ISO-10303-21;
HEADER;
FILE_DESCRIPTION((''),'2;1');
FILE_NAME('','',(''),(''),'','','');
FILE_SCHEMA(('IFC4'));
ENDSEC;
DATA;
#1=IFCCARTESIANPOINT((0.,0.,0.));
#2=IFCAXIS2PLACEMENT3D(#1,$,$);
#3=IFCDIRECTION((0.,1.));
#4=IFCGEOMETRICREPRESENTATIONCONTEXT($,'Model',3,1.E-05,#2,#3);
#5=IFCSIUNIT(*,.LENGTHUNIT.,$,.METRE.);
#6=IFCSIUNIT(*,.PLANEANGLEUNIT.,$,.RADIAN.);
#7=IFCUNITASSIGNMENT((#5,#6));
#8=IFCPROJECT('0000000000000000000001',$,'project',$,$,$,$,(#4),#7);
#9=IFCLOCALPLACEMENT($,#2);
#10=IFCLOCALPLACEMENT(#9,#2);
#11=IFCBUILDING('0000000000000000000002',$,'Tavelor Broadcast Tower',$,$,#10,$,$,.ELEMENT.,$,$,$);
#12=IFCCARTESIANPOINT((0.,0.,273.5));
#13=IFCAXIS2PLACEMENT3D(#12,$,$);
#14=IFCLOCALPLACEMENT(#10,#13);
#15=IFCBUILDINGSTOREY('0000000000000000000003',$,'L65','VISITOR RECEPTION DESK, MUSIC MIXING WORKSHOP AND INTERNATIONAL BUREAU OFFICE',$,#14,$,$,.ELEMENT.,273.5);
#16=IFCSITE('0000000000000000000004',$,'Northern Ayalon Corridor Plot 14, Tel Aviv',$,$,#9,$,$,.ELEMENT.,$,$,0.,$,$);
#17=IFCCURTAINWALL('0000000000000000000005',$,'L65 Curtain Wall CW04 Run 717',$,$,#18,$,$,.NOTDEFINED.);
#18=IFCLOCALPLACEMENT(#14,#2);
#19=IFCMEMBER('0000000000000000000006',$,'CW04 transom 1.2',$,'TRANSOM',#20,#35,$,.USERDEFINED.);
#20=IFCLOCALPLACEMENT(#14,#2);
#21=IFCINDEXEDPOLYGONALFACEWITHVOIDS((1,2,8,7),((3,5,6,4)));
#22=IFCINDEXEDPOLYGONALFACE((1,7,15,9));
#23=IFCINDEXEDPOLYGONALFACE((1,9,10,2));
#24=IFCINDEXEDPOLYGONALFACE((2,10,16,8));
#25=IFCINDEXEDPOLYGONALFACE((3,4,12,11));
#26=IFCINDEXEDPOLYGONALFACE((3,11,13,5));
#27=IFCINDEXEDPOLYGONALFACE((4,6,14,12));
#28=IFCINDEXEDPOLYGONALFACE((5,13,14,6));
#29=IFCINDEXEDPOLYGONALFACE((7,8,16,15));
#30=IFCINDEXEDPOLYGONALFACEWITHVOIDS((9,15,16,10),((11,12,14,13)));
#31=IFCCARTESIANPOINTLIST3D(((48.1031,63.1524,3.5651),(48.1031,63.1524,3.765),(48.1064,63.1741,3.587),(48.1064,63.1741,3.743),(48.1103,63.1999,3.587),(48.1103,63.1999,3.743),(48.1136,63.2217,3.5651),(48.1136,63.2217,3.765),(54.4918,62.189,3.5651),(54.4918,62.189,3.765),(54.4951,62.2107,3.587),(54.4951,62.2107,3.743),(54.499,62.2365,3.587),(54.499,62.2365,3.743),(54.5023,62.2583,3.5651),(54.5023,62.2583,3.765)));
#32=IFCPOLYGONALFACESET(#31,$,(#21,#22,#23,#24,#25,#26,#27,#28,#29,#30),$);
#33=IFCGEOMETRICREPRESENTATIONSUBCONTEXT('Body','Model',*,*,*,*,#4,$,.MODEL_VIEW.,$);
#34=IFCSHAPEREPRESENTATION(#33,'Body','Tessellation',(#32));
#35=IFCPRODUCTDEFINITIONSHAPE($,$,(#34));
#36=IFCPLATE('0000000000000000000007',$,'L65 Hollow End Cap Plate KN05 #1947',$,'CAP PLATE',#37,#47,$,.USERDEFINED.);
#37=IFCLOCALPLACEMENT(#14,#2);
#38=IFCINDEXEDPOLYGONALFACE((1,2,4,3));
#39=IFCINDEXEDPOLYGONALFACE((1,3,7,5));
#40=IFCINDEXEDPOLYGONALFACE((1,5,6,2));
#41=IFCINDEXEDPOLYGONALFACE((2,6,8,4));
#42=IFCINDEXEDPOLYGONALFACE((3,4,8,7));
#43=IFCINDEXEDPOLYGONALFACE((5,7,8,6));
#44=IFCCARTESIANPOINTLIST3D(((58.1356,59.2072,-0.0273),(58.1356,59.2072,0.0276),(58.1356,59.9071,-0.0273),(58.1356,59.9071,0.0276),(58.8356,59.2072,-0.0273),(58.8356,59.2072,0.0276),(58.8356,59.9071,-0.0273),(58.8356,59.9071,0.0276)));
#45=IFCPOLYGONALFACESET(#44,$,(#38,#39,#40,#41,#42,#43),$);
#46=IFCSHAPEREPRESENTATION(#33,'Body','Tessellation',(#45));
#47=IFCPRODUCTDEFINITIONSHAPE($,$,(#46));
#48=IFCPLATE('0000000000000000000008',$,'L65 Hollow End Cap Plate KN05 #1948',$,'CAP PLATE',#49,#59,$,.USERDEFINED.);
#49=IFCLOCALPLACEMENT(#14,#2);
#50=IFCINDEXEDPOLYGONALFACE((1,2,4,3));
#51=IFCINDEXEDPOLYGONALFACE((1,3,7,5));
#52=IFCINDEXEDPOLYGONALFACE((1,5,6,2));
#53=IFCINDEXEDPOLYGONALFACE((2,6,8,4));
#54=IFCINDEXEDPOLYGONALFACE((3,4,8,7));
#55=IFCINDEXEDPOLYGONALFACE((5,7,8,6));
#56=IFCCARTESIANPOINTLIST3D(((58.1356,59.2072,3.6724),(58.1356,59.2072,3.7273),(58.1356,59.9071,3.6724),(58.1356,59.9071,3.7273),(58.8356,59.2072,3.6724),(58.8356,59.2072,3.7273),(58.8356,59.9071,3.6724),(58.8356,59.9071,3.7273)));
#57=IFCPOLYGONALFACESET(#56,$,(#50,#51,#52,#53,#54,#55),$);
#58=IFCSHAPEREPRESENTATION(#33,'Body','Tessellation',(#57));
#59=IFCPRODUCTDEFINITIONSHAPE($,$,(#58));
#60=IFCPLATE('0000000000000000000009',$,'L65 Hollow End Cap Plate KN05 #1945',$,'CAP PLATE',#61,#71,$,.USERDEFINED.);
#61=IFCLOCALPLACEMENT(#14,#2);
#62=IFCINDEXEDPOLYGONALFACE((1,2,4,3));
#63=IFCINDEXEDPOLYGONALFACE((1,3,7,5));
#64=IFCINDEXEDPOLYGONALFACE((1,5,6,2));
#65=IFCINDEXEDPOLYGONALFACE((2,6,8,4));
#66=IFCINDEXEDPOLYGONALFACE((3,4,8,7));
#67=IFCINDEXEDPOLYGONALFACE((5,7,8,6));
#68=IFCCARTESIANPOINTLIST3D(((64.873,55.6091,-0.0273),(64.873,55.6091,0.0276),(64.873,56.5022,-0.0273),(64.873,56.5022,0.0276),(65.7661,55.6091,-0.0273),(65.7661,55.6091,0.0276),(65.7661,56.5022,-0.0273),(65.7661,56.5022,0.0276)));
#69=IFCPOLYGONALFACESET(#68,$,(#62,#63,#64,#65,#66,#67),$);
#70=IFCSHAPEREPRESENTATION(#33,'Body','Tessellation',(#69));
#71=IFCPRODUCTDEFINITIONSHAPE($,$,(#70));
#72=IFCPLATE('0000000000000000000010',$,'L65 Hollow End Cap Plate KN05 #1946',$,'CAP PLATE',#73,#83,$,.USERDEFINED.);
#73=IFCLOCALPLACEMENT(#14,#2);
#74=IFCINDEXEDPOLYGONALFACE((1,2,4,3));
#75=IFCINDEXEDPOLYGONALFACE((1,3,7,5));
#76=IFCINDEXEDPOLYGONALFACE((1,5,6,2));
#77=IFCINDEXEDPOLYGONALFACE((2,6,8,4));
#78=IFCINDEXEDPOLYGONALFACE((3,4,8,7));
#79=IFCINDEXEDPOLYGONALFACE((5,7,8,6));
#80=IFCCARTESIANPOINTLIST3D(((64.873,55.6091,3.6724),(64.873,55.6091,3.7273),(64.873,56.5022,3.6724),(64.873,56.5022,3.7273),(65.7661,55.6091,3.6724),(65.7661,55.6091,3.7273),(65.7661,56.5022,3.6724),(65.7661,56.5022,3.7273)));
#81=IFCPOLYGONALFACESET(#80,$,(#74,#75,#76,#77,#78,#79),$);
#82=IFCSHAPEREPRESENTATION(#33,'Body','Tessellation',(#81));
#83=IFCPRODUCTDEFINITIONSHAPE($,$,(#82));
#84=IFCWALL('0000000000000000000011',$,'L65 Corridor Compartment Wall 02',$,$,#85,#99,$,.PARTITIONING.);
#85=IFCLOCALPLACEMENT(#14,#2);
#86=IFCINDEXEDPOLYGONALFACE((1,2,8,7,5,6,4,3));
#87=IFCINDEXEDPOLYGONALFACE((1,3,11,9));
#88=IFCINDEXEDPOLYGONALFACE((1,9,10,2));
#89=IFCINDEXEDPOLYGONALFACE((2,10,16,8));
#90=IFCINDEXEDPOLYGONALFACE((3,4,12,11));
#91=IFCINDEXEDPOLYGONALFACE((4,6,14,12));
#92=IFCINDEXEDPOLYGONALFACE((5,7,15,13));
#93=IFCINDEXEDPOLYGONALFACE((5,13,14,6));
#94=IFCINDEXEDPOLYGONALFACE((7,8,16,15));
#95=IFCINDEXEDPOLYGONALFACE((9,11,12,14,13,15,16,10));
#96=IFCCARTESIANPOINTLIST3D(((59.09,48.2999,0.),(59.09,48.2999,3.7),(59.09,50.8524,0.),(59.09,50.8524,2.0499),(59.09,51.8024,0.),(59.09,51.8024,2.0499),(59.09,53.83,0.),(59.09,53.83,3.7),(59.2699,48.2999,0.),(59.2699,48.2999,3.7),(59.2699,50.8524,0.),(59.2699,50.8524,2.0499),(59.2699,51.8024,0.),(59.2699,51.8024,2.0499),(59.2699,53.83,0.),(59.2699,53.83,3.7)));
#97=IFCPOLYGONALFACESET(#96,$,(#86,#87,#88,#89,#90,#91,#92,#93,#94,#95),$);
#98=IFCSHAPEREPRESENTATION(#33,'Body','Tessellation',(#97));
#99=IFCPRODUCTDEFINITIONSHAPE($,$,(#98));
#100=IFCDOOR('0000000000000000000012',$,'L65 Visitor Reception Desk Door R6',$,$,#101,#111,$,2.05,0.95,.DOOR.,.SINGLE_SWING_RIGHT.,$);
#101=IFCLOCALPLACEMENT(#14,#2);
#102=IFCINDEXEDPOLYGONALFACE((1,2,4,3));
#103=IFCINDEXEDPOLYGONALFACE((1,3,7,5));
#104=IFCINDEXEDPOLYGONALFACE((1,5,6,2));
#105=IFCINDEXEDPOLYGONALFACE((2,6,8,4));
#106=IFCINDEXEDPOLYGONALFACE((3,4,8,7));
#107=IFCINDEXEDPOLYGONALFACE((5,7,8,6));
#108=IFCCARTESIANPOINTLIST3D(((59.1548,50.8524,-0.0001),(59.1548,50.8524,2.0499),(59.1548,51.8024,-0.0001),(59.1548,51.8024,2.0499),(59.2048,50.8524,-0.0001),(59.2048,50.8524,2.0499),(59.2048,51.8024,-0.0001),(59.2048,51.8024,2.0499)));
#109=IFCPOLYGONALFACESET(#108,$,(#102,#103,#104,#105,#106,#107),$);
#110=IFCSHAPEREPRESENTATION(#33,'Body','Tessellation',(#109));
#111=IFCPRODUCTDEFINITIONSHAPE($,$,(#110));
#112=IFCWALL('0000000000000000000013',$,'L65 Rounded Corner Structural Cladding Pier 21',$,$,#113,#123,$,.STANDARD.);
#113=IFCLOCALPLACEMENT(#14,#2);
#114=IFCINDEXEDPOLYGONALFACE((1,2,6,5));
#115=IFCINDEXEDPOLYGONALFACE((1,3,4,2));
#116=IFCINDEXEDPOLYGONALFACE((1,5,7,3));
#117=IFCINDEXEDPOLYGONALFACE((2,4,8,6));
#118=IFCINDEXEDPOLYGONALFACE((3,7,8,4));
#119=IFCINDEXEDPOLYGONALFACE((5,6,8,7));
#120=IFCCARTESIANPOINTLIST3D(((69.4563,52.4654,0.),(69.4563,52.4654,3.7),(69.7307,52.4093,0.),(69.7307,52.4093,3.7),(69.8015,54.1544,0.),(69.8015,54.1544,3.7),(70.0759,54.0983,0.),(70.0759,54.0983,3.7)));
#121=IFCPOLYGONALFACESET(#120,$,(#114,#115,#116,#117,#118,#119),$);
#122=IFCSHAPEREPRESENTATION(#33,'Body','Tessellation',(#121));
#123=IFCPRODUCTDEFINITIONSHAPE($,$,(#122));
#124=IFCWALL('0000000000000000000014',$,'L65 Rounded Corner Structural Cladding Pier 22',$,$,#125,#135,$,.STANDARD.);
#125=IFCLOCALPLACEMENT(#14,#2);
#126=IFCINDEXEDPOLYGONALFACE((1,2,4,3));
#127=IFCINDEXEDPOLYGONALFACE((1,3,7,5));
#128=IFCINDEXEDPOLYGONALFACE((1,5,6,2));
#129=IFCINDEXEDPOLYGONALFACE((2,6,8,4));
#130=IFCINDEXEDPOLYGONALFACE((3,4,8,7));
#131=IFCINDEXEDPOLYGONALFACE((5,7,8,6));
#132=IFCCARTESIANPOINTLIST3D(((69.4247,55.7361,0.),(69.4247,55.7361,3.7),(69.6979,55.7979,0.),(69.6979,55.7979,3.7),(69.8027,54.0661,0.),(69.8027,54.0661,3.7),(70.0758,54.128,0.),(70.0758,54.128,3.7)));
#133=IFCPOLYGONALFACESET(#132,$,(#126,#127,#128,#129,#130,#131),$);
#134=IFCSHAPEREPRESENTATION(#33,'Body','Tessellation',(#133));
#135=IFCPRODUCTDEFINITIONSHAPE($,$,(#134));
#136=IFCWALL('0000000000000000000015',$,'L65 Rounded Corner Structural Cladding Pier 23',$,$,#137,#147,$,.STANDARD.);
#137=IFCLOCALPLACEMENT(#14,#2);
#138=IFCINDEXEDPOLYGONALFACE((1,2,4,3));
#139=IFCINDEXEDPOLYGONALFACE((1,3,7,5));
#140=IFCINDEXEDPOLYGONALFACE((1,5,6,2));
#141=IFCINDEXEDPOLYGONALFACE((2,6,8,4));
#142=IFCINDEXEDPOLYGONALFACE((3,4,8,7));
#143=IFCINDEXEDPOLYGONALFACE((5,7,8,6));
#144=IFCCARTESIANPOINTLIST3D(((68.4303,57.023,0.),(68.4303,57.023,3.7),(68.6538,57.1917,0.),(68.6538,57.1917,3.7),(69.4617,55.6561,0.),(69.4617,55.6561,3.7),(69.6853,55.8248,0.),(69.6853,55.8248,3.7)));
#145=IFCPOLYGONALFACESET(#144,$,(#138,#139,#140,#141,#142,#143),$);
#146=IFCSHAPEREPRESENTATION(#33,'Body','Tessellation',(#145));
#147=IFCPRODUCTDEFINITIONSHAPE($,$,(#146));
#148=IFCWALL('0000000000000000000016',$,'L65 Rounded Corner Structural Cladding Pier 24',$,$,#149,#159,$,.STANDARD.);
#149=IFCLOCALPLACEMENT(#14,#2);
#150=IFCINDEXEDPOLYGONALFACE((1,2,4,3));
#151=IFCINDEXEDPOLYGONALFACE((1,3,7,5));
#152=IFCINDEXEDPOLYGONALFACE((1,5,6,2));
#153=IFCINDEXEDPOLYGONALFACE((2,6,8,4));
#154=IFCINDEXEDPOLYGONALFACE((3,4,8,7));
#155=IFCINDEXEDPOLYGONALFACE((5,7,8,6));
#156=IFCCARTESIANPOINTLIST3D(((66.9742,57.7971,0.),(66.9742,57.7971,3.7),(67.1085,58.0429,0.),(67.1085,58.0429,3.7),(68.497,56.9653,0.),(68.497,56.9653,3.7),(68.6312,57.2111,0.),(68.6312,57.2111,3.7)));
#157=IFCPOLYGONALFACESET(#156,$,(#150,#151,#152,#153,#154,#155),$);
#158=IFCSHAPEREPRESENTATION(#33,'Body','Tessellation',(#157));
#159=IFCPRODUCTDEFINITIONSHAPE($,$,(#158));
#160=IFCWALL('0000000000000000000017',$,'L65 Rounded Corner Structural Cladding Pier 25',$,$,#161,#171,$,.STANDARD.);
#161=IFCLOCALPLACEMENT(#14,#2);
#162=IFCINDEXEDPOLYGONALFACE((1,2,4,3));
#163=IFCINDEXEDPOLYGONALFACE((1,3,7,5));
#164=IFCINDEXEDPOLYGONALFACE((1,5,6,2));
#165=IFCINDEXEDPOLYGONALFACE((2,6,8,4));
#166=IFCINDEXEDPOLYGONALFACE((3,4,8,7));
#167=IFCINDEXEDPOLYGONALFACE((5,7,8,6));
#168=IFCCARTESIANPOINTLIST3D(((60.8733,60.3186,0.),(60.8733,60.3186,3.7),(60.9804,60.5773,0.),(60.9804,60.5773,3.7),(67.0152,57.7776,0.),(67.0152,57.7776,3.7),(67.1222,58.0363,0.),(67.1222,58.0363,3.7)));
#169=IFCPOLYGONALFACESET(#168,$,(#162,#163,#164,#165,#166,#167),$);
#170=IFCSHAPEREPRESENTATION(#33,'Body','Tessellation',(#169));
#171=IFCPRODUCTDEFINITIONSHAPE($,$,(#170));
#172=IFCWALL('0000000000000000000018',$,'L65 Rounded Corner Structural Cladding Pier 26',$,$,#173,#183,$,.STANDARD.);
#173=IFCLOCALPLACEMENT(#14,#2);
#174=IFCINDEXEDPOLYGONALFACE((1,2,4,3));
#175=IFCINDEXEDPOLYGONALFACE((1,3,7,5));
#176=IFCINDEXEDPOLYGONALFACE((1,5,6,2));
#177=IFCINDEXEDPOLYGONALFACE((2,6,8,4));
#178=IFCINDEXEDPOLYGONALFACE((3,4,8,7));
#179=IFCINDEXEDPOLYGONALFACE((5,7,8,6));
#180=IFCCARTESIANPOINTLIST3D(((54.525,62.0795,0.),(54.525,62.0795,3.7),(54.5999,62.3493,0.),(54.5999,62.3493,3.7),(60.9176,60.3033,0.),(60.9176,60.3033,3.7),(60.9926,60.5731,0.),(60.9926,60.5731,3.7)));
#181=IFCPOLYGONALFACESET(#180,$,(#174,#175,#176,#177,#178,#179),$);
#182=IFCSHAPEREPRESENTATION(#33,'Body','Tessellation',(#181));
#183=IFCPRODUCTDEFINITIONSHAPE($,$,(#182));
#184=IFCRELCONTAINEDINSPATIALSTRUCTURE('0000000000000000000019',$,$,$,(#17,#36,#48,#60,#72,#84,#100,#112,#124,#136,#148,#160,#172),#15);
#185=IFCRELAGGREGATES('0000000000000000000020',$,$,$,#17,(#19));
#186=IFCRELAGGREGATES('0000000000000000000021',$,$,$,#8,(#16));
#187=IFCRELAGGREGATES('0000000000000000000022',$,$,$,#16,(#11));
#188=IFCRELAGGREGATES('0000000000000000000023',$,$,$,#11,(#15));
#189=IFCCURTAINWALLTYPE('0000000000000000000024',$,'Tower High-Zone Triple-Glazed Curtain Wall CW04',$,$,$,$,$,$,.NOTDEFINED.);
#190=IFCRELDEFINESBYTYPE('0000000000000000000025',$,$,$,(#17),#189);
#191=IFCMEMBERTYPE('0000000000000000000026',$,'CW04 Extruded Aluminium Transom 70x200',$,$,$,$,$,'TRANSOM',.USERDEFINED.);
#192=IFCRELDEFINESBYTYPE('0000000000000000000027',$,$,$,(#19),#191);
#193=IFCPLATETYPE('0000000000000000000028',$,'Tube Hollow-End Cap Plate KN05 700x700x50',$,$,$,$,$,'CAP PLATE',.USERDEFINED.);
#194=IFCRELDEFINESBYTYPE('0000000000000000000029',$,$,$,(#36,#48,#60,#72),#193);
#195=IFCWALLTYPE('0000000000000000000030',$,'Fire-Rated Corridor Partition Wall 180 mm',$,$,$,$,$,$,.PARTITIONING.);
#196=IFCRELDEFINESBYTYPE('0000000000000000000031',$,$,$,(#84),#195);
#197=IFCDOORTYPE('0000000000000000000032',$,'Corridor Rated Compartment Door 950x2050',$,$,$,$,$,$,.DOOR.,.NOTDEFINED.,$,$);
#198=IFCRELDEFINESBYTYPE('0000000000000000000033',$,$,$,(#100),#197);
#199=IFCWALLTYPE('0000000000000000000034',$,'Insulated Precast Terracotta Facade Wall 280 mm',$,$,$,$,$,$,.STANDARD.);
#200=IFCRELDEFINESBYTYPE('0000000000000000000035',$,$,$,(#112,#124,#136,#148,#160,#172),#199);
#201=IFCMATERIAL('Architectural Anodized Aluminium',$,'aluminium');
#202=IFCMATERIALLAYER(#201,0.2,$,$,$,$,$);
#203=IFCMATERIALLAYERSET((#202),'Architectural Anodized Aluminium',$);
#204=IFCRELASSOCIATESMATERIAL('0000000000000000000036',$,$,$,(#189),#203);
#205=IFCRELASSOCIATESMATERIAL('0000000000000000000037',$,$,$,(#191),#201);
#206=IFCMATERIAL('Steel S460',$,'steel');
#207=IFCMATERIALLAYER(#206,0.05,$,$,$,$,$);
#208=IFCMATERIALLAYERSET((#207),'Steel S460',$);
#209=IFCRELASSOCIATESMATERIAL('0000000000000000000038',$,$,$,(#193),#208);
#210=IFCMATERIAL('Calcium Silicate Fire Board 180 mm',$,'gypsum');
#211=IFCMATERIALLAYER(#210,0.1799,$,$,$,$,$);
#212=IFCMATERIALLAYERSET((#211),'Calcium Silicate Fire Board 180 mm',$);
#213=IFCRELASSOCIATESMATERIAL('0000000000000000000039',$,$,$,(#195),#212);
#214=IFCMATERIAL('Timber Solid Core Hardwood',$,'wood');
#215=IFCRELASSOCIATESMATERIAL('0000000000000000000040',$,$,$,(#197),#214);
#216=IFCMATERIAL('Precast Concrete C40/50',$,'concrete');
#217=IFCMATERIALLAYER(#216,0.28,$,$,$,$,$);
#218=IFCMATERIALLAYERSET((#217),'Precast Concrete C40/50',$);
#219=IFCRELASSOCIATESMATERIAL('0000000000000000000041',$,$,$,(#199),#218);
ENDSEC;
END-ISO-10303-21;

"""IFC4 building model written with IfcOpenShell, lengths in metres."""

from ifc_helpers import new_model, si_unit, direction, frame, frame_2d, origin, origin_2d, place, context, subcontext, project, spatial, rectangle, hollow_rectangle, extrude, source, transform, mapped, material, layer, layer_set, material_profile, profile_set, type_object, type_shapes, element, fill, aggregate, save


model = new_model("IFC4")

# Units and contexts
model_context = context("Model", 3, precision=1e-05, world=origin(), true_north=direction((0.0, 1.0)))
body_context = subcontext(model_context, "Body", "Model", "MODEL_VIEW")
ifc_project = project(units=[si_unit("LENGTHUNIT", "METRE"), si_unit("PLANEANGLEUNIT", "RADIAN")], contexts=[model_context])

# Site, building, storey
site_placement = place(None, origin())
site = spatial("IfcSite", under=ifc_project, at=site_placement, Name="Northern Ayalon Corridor Plot 14, Tel Aviv", CompositionType="ELEMENT", RefElevation=0.0)
building_placement = place(site_placement, origin())
building = spatial("IfcBuilding", under=site, at=building_placement, Name="Tavelor Broadcast Tower", CompositionType="ELEMENT")
storey_placement = place(building_placement, frame((0.0, 0.0, 273.5)))
storey = spatial("IfcBuildingStorey", under=building, at=storey_placement, Name="L65", Description="VISITOR RECEPTION DESK, MUSIC MIXING WORKSHOP AND INTERNATIONAL BUREAU OFFICE", CompositionType="ELEMENT", Elevation=273.5)

# Shared definitions
ifc_material_1 = material(Name="Steel S460", Category="steel")

# Curtain wall, member
ifc_material_2 = material(Name="Architectural Anodized Aluminium", Category="aluminium")
ifc_layer_1 = layer(ifc_material_2, 0.2)
ifc_layer_set_1 = layer_set([ifc_layer_1], Name="Architectural Anodized Aluminium")
curtain_wall_type = type_object("IfcCurtainWallType", Name="Tower High-Zone Triple-Glazed Curtain Wall CW04", PredefinedType="NOTDEFINED", material=ifc_layer_set_1)
curtain_wall_placement = place(storey_placement, origin())
curtain_wall = element("IfcCurtainWall", 1, at=curtain_wall_placement, inside=storey, type_object=curtain_wall_type, Name="L65 Curtain Wall CW04 Run 717", PredefinedType="NOTDEFINED")
ifc_material_profile_1 = material_profile(ifc_material_2, hollow_rectangle(XDim=0.0701, YDim=0.2, WallThickness=0.022, at=origin_2d()), Name="RHS 70x200x22")
ifc_profile_set_1 = profile_set([ifc_material_profile_1], Name="Architectural Anodized Aluminium")
member_type_1 = type_object("IfcMemberType", Name="CW04 Extruded Aluminium Transom 70x200", ElementType="TRANSOM", PredefinedType="USERDEFINED", material=ifc_profile_set_1)
shared_shape_1 = source(origin(), body_context, "Body", "SweptSolid", [
    extrude(hollow_rectangle(XDim=0.0701, YDim=0.2, WallThickness=0.022, at=origin_2d()), origin(), (0.0, 0.0, 1.0), 6.4609),
])
type_shapes(member_type_1, [shared_shape_1])
member_1_placement = place(storey_placement, frame((54.4971, 62.2236, 3.665), z_axis=(-0.988821, 0.149109, 0.0), x_axis=(-0.149109, -0.988821, 0.0)))
member_1 = element("IfcMember", 2, at=member_1_placement, type_object=member_type_1, Name="CW04 transom 1.2", ObjectType="TRANSOM", PredefinedType="USERDEFINED", context=body_context, shape_type="MappedRepresentation", body=[
    mapped(shared_shape_1, transform((0.0, 0.0, 0.0), scale=1.0)),
])
aggregate(curtain_wall, [member_1])

# Plates
ifc_layer_2 = layer(ifc_material_1, 0.05)
ifc_layer_set_2 = layer_set([ifc_layer_2], Name="Steel S460")
plate_type = type_object("IfcPlateType", Name="Tube Hollow-End Cap Plate KN05 700x700x50", ElementType="CAP PLATE", PredefinedType="USERDEFINED", material=ifc_layer_set_2)
shared_shape_2 = source(origin(), body_context, "Body", "SweptSolid", [
    extrude(rectangle(XDim=0.7, YDim=0.7, at=origin_2d()), origin(), (0.0, 0.0, 1.0), 0.0549),
])
for number, where, z_axis, x_axis, name in (
    (3, (58.4856, 59.5571, -0.0273), (0.0, 0.0, 1.0), (1.0, 0.0, 0.0), "L65 Hollow End Cap Plate KN05 #1947"),
    (4, (58.4856, 59.5571, 3.6724), (0.0, 0.0, 1.0), (1.0, 0.0, 0.0), "L65 Hollow End Cap Plate KN05 #1948"),
):
    element("IfcPlate", number, at=place(storey_placement, frame(where, z_axis=z_axis, x_axis=x_axis)), inside=storey, type_object=plate_type, Name=name, ObjectType="CAP PLATE", PredefinedType="USERDEFINED", context=body_context, shape_type="MappedRepresentation", body=[
        mapped(shared_shape_2, transform((0.0, 0.0, 0.0), scale=1.0)),
    ])
shared_shape_3 = source(origin(), body_context, "Body", "SweptSolid", [
    extrude(rectangle(XDim=0.8931, YDim=0.8931, at=origin_2d()), origin(), (0.0, 0.0, 1.0), 0.0549),
])
type_shapes(plate_type, [shared_shape_2, shared_shape_3])
for number, where, z_axis, x_axis, name in (
    (5, (65.3196, 56.0557, -0.0273), (0.0, 0.0, 1.0), (1.0, 0.0, 0.0), "L65 Hollow End Cap Plate KN05 #1945"),
    (6, (65.3196, 56.0557, 3.6724), (0.0, 0.0, 1.0), (1.0, 0.0, 0.0), "L65 Hollow End Cap Plate KN05 #1946"),
):
    element("IfcPlate", number, at=place(storey_placement, frame(where, z_axis=z_axis, x_axis=x_axis)), inside=storey, type_object=plate_type, Name=name, ObjectType="CAP PLATE", PredefinedType="USERDEFINED", context=body_context, shape_type="MappedRepresentation", body=[
        mapped(shared_shape_3, transform((0.0, 0.0, 0.0), scale=1.0)),
    ])

# Wall, opening, door
ifc_material_3 = material(Name="Calcium Silicate Fire Board 180 mm", Category="gypsum")
ifc_layer_3 = layer(ifc_material_3, 0.1799)
ifc_layer_set_3 = layer_set([ifc_layer_3], Name="Calcium Silicate Fire Board 180 mm")
wall_type_1 = type_object("IfcWallType", Name="Fire-Rated Corridor Partition Wall 180 mm", PredefinedType="PARTITIONING", material=ifc_layer_set_3)
wall_1_placement = place(storey_placement, frame((59.1799, 53.8301, 0.0), z_axis=(0.0, 0.0, 1.0), x_axis=(0.0, -1.0, 0.0)))
wall_1 = element("IfcWall", 7, at=wall_1_placement, inside=storey, type_object=wall_type_1, Name="L65 Corridor Compartment Wall 02", PredefinedType="PARTITIONING", context=body_context, shape_type="SweptSolid", body=[
    extrude(rectangle(XDim=5.53, YDim=0.1799, at=frame_2d((2.7651, 0.0))), origin(), (0.0, 0.0, 1.0), 3.7),
])
opening_placement = place(wall_1_placement, frame((2.0276, 0.0, 0.0)))
opening = element("IfcOpeningElement", 8, at=opening_placement, cuts=wall_1, PredefinedType="OPENING", context=body_context, shape_type="SweptSolid", body=[
    extrude(rectangle(XDim=0.95, YDim=2.05, at=frame_2d((0.4751, 1.0249))), frame((0.0, 0.1001, 0.0), z_axis=(0.0, -1.0, 0.0), x_axis=(1.0, 0.0, 0.0)), (0.0, 0.0, 1.0), 0.2),
])
ifc_material_4 = material(Name="Timber Solid Core Hardwood", Category="wood")
door_type = type_object("IfcDoorType", Name="Corridor Rated Compartment Door 950x2050", OperationType="NOTDEFINED", PredefinedType="DOOR", material=ifc_material_4)
door_placement = place(opening_placement, origin())
door = element("IfcDoor", 9, at=door_placement, inside=storey, type_object=door_type, Name="L65 Visitor Reception Desk Door R6", OperationType="SINGLE_SWING_RIGHT", OverallHeight=2.05, OverallWidth=0.95, PredefinedType="DOOR", context=body_context, shape_type="SweptSolid", body=[
    extrude(rectangle(XDim=0.95, YDim=2.05, at=frame_2d((0.4751, 1.0249))), frame((0.0, 0.0249, 0.0), z_axis=(0.0, -1.0, 0.0), x_axis=(1.0, 0.0, 0.0)), (0.0, 0.0, 1.0), 0.05),
])
fill(opening, door)

# Walls
ifc_material_5 = material(Name="Precast Concrete C40/50", Category="concrete")
ifc_layer_4 = layer(ifc_material_5, 0.28)
ifc_layer_set_4 = layer_set([ifc_layer_4], Name="Precast Concrete C40/50")
wall_type_2 = type_object("IfcWallType", Name="Insulated Precast Terracotta Facade Wall 280 mm", PredefinedType="STANDARD", material=ifc_layer_set_4)
wall_2_placement = place(storey_placement, frame((69.5935, 52.4375, 0.0), z_axis=(0.0, 0.0, 1.0), x_axis=(0.200254, 0.979744, 0.0)))
element("IfcWall", 10, at=wall_2_placement, inside=storey, type_object=wall_type_2, Name="L65 Rounded Corner Structural Cladding Pier 21", PredefinedType="STANDARD", context=body_context, shape_type="SweptSolid", body=[
    extrude(rectangle(XDim=1.7239, YDim=0.28, at=frame_2d((0.8618, 0.0))), origin(), (0.0, 0.0, 1.0), 3.7),
])
wall_3_placement = place(storey_placement, frame((69.9392, 54.0972, 0.0), z_axis=(0.0, 0.0, 1.0), x_axis=(-0.220734, 0.975334, 0.0)))
element("IfcWall", 11, at=wall_3_placement, inside=storey, type_object=wall_type_2, Name="L65 Rounded Corner Structural Cladding Pier 22", PredefinedType="STANDARD", context=body_context, shape_type="SweptSolid", body=[
    extrude(rectangle(XDim=1.7122, YDim=0.28, at=frame_2d((0.856, 0.0))), origin(), (0.0, 0.0, 1.0), 3.7),
])
wall_4_placement = place(storey_placement, frame((69.5735, 55.7405, 0.0), z_axis=(0.0, 0.0, 1.0), x_axis=(-0.602347, 0.798234, 0.0)))
element("IfcWall", 12, at=wall_4_placement, inside=storey, type_object=wall_type_2, Name="L65 Rounded Corner Structural Cladding Pier 23", PredefinedType="STANDARD", context=body_context, shape_type="SweptSolid", body=[
    extrude(rectangle(XDim=1.7124, YDim=0.28, at=frame_2d((0.8562, 0.0))), origin(), (0.0, 0.0, 1.0), 3.7),
])
wall_5_placement = place(storey_placement, frame((68.5642, 57.0881, 0.0), z_axis=(0.0, 0.0, 1.0), x_axis=(-0.8776, 0.479394, 0.0)))
element("IfcWall", 13, at=wall_5_placement, inside=storey, type_object=wall_type_2, Name="L65 Rounded Corner Structural Cladding Pier 24", PredefinedType="STANDARD", context=body_context, shape_type="SweptSolid", body=[
    extrude(rectangle(XDim=1.7351, YDim=0.28, at=frame_2d((0.8677, 0.0))), origin(), (0.0, 0.0, 1.0), 3.7),
])
wall_6_placement = place(storey_placement, frame((67.0686, 57.907, 0.0), z_axis=(0.0, 0.0, 1.0), x_axis=(-0.92404, 0.382296, 0.0)))
element("IfcWall", 14, at=wall_6_placement, inside=storey, type_object=wall_type_2, Name="L65 Rounded Corner Structural Cladding Pier 25", PredefinedType="STANDARD", context=body_context, shape_type="SweptSolid", body=[
    extrude(rectangle(XDim=6.6467, YDim=0.28, at=frame_2d((3.3232, 0.0))), origin(), (0.0, 0.0, 1.0), 3.7),
])
wall_7_placement = place(storey_placement, frame((60.9551, 60.4382, 0.0), z_axis=(0.0, 0.0, 1.0), x_axis=(-0.963502, 0.267701, 0.0)))
element("IfcWall", 15, at=wall_7_placement, inside=storey, type_object=wall_type_2, Name="L65 Rounded Corner Structural Cladding Pier 26", PredefinedType="STANDARD", context=body_context, shape_type="SweptSolid", body=[
    extrude(rectangle(XDim=6.6348, YDim=0.28, at=frame_2d((3.3174, 0.0))), origin(), (0.0, 0.0, 1.0), 3.7),
])

save(model, "model.ifc")
